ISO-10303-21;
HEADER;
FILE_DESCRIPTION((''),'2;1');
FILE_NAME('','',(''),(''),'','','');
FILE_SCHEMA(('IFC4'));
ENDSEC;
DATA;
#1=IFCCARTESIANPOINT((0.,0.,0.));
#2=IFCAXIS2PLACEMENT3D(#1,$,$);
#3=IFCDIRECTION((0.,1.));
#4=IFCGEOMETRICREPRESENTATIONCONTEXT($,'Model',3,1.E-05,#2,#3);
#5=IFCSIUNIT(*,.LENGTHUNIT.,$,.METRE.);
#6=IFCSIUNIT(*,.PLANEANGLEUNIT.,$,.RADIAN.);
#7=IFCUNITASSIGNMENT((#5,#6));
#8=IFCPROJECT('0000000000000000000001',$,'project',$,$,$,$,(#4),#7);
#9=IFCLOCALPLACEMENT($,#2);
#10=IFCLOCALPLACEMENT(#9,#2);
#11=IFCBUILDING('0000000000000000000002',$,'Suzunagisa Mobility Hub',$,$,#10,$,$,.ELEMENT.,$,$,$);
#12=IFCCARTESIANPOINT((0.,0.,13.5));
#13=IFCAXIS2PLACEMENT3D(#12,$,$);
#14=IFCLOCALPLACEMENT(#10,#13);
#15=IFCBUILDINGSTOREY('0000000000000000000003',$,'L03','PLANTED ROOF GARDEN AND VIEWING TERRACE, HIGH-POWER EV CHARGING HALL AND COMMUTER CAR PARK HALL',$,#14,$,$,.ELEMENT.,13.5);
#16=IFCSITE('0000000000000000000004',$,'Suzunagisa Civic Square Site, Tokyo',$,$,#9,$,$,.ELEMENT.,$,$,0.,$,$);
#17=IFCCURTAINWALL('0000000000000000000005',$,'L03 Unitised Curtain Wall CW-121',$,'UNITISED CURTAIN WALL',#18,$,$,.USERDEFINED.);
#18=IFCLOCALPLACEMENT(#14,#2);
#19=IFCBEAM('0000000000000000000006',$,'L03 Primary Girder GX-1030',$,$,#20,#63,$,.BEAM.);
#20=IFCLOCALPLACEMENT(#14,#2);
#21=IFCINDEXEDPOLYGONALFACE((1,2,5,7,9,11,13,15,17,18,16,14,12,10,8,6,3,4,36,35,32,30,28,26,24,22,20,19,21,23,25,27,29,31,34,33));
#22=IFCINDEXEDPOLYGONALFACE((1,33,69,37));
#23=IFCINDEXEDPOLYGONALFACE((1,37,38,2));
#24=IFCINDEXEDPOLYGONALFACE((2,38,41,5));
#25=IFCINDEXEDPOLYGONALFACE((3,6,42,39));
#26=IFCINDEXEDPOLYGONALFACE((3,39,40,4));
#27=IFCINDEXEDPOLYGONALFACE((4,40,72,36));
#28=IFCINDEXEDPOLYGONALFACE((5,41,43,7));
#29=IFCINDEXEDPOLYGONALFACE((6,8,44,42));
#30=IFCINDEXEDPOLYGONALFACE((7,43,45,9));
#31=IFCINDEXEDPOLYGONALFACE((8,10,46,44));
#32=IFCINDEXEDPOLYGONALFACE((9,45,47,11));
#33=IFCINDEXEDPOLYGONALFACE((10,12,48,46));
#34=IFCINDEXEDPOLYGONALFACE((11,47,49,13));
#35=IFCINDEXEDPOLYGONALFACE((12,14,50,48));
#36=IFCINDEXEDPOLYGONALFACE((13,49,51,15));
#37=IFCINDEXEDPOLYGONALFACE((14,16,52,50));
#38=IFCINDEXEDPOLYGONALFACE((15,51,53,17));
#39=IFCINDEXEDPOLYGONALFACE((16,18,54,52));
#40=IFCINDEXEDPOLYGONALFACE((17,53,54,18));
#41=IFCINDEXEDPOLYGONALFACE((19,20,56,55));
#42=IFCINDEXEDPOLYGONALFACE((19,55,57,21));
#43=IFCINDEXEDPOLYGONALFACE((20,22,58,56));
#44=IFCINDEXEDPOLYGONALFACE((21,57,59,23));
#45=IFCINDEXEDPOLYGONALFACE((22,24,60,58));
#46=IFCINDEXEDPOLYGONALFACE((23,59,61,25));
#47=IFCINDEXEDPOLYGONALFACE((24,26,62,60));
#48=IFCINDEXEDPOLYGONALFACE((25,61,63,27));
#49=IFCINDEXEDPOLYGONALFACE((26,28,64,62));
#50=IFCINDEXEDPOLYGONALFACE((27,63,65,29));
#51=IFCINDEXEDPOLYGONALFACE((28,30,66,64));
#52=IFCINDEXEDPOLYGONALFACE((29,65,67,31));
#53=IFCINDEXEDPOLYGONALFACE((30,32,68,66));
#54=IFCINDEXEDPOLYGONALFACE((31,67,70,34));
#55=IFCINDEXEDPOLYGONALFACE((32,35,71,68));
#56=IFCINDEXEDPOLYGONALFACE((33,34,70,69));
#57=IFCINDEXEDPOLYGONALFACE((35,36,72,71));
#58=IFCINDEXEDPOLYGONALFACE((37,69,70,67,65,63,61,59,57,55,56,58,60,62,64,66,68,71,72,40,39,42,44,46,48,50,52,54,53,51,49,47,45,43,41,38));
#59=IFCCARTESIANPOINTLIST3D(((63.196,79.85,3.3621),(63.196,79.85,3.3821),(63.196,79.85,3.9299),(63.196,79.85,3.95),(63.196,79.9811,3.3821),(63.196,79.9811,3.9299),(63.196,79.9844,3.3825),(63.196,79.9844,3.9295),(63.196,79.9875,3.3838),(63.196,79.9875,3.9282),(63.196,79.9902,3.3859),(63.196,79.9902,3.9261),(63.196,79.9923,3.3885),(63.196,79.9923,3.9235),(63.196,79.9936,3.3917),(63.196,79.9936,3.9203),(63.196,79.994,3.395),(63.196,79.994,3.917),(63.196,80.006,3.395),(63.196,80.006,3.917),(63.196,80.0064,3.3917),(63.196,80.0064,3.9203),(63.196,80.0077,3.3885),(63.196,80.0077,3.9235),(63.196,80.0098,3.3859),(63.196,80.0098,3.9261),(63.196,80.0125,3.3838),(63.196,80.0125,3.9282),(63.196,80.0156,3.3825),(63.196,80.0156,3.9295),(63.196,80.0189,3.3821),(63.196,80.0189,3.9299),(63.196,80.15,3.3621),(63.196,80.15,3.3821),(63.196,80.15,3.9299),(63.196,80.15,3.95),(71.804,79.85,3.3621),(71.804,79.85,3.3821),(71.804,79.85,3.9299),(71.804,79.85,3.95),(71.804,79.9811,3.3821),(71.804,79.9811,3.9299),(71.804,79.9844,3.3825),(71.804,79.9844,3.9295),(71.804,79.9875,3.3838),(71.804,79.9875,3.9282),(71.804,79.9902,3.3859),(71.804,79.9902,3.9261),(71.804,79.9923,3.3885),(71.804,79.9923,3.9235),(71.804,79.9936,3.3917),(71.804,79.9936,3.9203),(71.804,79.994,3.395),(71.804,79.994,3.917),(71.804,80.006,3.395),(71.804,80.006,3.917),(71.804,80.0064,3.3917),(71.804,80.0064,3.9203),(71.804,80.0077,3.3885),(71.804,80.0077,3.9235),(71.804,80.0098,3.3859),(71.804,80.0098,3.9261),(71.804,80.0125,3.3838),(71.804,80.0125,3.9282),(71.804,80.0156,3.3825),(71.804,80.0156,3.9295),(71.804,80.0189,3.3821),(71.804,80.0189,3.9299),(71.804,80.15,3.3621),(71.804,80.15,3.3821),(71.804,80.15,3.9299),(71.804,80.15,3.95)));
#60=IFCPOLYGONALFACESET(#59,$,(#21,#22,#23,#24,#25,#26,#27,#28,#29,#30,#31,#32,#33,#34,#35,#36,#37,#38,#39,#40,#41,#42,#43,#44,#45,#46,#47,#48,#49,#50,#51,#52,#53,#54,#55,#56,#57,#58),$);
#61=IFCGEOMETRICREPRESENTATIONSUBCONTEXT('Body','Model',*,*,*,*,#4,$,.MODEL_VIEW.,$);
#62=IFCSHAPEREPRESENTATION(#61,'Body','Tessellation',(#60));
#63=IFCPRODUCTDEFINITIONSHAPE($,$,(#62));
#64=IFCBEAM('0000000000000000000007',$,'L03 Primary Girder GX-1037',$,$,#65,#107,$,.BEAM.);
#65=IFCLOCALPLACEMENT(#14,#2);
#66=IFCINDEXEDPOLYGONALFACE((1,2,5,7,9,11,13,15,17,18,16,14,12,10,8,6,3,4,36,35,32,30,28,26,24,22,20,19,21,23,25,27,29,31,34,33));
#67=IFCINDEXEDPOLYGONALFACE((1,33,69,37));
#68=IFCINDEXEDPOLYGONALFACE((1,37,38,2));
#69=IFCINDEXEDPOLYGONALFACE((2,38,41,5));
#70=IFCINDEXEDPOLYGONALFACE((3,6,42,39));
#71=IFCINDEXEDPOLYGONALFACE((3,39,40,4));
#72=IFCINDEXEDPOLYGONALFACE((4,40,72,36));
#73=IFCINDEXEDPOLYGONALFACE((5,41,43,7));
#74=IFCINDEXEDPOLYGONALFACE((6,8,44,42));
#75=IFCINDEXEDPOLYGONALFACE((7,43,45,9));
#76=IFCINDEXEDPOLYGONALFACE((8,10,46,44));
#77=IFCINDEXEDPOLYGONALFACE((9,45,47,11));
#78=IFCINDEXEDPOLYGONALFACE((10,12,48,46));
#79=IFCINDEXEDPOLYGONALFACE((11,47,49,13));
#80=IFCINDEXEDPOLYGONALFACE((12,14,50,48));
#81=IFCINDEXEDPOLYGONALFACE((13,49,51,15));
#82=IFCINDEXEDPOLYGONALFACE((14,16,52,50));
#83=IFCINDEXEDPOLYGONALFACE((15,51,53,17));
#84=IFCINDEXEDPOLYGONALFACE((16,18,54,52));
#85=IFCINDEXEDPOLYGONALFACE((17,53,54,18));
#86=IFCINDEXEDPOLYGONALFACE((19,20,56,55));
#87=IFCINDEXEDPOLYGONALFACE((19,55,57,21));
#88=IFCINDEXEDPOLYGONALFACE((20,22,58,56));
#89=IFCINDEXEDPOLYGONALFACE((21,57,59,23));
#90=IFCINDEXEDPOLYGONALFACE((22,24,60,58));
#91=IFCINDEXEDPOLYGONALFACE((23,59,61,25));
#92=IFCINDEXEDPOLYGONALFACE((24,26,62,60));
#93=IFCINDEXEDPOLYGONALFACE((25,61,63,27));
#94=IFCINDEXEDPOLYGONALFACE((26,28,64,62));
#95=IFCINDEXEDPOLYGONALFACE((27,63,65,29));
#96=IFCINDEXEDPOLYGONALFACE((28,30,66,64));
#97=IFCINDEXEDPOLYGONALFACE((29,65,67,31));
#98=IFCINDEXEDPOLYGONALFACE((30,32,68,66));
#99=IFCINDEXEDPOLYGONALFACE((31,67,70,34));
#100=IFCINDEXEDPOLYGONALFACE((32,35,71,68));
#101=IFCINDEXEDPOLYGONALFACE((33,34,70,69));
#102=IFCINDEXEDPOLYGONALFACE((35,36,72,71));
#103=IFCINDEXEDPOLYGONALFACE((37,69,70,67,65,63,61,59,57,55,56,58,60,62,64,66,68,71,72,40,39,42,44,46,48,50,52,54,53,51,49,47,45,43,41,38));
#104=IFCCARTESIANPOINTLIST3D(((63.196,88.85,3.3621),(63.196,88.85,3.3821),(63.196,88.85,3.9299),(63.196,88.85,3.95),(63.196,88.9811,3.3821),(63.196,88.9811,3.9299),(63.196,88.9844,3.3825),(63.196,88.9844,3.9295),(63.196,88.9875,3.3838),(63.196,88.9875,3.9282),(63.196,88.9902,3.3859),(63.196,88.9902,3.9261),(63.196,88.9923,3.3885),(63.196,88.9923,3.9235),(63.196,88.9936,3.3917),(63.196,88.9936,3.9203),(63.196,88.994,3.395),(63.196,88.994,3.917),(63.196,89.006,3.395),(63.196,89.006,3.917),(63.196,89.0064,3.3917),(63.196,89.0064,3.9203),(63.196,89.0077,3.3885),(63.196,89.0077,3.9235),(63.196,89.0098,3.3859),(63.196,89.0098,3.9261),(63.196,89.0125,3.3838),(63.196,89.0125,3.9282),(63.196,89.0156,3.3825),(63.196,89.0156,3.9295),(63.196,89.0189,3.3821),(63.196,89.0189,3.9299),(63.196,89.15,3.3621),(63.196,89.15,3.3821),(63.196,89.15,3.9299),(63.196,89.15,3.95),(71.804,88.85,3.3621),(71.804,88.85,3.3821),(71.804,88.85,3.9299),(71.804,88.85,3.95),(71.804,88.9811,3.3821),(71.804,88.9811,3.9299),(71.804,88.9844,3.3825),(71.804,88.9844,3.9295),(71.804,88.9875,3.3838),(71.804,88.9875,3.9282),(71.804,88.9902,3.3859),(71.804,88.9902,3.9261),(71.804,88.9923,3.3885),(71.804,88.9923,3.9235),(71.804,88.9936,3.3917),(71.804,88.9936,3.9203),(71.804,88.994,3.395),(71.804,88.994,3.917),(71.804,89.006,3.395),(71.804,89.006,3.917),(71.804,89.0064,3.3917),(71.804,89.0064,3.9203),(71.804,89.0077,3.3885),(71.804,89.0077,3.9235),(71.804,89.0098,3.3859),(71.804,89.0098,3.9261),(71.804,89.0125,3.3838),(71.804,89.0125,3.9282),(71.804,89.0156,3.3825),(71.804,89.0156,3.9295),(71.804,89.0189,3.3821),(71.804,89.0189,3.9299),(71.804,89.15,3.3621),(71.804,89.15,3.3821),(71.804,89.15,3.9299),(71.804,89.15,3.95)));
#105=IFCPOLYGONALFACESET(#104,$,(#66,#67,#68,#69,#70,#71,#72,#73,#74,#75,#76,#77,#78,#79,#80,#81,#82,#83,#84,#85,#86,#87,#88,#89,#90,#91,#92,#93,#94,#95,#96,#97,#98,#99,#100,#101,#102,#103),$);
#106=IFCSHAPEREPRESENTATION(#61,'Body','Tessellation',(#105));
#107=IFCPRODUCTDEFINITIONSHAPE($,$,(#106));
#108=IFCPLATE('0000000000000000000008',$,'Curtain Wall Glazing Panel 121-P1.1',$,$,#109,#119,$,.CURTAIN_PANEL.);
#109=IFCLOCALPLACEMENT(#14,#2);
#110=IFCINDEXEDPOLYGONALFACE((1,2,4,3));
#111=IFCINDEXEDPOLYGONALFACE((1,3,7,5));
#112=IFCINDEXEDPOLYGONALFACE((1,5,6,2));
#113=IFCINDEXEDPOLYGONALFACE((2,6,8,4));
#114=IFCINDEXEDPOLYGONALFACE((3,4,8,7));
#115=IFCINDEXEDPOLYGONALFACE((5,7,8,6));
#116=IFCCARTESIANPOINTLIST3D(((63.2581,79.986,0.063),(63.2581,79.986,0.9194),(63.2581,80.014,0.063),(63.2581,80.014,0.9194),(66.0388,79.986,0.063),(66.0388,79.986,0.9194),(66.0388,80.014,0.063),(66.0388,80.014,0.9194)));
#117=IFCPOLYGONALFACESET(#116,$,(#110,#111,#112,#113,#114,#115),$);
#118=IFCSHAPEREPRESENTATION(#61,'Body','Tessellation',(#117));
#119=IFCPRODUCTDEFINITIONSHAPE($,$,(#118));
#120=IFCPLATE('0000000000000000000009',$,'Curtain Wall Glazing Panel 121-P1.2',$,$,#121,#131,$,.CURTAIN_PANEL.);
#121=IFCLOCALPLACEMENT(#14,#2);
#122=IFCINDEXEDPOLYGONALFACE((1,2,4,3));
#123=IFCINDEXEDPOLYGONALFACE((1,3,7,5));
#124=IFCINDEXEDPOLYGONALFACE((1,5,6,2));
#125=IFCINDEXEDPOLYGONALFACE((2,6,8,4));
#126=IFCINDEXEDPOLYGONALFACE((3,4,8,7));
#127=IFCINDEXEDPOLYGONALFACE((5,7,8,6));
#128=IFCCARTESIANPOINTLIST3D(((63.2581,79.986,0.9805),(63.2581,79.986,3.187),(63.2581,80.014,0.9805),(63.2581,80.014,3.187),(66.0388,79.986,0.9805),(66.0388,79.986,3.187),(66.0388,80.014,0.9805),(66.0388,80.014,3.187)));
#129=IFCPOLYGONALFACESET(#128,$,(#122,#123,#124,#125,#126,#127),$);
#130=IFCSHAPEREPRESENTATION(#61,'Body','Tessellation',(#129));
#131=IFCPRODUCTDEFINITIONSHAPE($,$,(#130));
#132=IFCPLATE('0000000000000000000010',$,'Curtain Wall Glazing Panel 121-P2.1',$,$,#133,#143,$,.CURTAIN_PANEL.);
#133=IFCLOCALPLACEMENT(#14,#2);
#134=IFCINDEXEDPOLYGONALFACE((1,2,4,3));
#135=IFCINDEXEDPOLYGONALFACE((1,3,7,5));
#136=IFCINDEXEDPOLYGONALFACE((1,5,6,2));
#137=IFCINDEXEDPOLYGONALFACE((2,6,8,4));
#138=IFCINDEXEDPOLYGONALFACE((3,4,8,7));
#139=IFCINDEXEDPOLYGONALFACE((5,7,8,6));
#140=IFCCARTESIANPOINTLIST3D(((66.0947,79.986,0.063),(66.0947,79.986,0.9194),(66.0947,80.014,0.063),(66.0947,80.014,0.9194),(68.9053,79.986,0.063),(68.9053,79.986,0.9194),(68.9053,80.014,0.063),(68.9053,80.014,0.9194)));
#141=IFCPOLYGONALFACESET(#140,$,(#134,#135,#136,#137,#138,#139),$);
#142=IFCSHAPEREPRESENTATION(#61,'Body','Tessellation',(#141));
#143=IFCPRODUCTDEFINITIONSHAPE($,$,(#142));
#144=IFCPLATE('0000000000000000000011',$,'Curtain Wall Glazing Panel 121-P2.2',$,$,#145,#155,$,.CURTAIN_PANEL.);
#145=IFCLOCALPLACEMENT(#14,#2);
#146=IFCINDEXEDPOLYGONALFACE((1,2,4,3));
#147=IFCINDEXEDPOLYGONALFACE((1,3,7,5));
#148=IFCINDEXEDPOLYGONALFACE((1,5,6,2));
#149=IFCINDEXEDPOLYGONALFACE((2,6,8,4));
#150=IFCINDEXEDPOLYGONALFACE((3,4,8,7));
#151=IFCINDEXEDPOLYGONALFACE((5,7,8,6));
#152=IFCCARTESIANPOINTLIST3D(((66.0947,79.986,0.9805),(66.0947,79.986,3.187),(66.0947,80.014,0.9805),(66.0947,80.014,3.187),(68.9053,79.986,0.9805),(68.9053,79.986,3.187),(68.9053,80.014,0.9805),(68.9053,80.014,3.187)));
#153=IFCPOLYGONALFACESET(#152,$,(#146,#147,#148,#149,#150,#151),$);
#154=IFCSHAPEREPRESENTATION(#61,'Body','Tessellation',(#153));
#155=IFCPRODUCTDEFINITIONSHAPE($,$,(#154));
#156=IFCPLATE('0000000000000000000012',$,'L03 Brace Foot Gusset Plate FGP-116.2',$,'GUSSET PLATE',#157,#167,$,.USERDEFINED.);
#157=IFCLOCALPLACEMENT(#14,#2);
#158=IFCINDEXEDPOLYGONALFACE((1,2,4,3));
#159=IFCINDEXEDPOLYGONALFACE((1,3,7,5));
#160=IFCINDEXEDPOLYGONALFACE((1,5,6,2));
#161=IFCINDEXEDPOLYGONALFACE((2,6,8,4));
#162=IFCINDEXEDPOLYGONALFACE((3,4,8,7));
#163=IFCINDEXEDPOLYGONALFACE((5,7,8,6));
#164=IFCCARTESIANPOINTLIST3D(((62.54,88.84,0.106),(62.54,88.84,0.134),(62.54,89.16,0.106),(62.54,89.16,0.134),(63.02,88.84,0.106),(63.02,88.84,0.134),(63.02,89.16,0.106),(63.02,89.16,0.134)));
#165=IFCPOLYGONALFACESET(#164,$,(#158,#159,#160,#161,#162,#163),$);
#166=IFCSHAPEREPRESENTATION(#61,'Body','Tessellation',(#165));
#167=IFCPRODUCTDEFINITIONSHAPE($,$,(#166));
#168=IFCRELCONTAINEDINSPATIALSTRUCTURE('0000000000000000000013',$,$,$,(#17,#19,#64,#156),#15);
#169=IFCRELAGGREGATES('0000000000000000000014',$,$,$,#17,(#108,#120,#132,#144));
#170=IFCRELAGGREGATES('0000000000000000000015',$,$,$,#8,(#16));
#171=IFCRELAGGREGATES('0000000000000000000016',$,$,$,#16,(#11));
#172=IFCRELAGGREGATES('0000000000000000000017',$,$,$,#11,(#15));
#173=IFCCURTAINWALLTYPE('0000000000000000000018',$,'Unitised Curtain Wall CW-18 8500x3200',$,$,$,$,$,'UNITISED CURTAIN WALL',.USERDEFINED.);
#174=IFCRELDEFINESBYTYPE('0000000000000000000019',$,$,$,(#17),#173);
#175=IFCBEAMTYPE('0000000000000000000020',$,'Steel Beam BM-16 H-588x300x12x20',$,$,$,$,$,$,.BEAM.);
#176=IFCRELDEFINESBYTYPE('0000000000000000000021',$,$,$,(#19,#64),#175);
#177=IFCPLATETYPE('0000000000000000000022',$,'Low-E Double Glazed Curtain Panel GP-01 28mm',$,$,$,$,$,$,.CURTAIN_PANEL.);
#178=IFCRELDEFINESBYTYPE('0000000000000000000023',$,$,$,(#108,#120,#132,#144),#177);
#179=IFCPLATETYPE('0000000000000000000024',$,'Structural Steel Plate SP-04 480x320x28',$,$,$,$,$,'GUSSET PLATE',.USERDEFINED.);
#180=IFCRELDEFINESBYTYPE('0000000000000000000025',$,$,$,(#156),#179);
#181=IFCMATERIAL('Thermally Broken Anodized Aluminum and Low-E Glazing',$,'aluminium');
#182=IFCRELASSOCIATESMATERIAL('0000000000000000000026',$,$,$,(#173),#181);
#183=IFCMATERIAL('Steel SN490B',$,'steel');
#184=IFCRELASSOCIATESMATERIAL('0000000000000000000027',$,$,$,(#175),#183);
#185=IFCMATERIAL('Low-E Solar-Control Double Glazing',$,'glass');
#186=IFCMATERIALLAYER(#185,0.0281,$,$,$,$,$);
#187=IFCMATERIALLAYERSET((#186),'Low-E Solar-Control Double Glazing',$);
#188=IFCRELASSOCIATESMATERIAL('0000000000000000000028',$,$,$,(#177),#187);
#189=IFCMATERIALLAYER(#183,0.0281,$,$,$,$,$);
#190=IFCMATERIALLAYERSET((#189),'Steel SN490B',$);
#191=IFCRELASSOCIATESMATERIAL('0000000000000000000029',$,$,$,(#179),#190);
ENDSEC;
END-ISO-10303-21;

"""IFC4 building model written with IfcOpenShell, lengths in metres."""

from ifc_helpers import new_model, si_unit, direction, frame, origin, origin_2d, place, context, subcontext, project, spatial, rectangle, i_section, extrude, material, layer, layer_set, material_profile, profile_set, type_object, element, aggregate, save


model = new_model("IFC4")

# Units and contexts
model_context = context("Model", 3, precision=1e-05, world=origin(), true_north=direction((0.0, 1.0)))
body_context = subcontext(model_context, "Body", "Model", "MODEL_VIEW")
ifc_project = project(units=[si_unit("LENGTHUNIT", "METRE"), si_unit("PLANEANGLEUNIT", "RADIAN")], contexts=[model_context])

# Site, building, storey
site_placement = place(None, origin())
site = spatial("IfcSite", under=ifc_project, at=site_placement, Name="Suzunagisa Civic Square Site, Tokyo", CompositionType="ELEMENT", RefElevation=0.0)
building_placement = place(site_placement, origin())
building = spatial("IfcBuilding", under=site, at=building_placement, Name="Suzunagisa Mobility Hub", CompositionType="ELEMENT")
storey_placement = place(building_placement, frame((0.0, 0.0, 13.5)))
storey = spatial("IfcBuildingStorey", under=building, at=storey_placement, Name="L03", Description="PLANTED ROOF GARDEN AND VIEWING TERRACE, HIGH-POWER EV CHARGING HALL AND COMMUTER CAR PARK HALL", CompositionType="ELEMENT", Elevation=13.5)

# Shared definitions
ifc_material_1 = material(Name="Steel SN490B", Category="steel")

# Curtain wall
ifc_material_2 = material(Name="Thermally Broken Anodized Aluminum and Low-E Glazing", Category="aluminium")
curtain_wall_type = type_object("IfcCurtainWallType", Name="Unitised Curtain Wall CW-18 8500x3200", ElementType="UNITISED CURTAIN WALL", PredefinedType="USERDEFINED", material=ifc_material_2)
curtain_wall_placement = place(storey_placement, origin())
curtain_wall = element("IfcCurtainWall", 1, at=curtain_wall_placement, inside=storey, type_object=curtain_wall_type, Name="L03 Unitised Curtain Wall CW-121", ObjectType="UNITISED CURTAIN WALL", PredefinedType="USERDEFINED")

# Beams
ifc_material_profile_1 = material_profile(ifc_material_1, i_section(OverallWidth=0.3, OverallDepth=0.5879, WebThickness=0.012, FlangeThickness=0.02, FilletRadius=0.0129, at=origin_2d()), Name="H-588x300x12x20")
ifc_profile_set_1 = profile_set([ifc_material_profile_1], Name="Steel SN490B")
beam_type_1 = type_object("IfcBeamType", Name="Steel Beam BM-16 H-588x300x12x20", PredefinedType="BEAM", material=ifc_profile_set_1)
for number, where, z_axis, x_axis, name in (
    (2, (63.196, 80.0, 3.656), (1.0, 0.0, 0.0), (0.0, 1.0, 0.0), "L03 Primary Girder GX-1030"),
    (3, (63.196, 89.0, 3.656), (1.0, 0.0, 0.0), (0.0, 1.0, 0.0), "L03 Primary Girder GX-1037"),
):
    element("IfcBeam", number, at=place(storey_placement, frame(where, z_axis=z_axis, x_axis=x_axis)), inside=storey, type_object=beam_type_1, Name=name, PredefinedType="BEAM", context=body_context, shape_type="SweptSolid", body=[
        extrude(i_section(OverallWidth=0.3, OverallDepth=0.5879, WebThickness=0.012, FlangeThickness=0.02, FilletRadius=0.0129, at=origin_2d()), origin(), (0.0, 0.0, 1.0), 8.6079),
    ])

# Plates
ifc_material_3 = material(Name="Low-E Solar-Control Double Glazing", Category="glass")
ifc_layer_1 = layer(ifc_material_3, 0.0281)
ifc_layer_set_1 = layer_set([ifc_layer_1], Name="Low-E Solar-Control Double Glazing")
plate_type_1 = type_object("IfcPlateType", Name="Low-E Double Glazed Curtain Panel GP-01 28mm", PredefinedType="CURTAIN_PANEL", material=ifc_layer_set_1)
plate_1_placement = place(storey_placement, frame((64.6484, 80.0, 0.063), z_axis=(0.0, 0.0, 1.0), x_axis=(1.0, 0.0, 0.0)))
plate_1 = element("IfcPlate", 4, at=plate_1_placement, type_object=plate_type_1, Name="Curtain Wall Glazing Panel 121-P1.1", PredefinedType="CURTAIN_PANEL", context=body_context, shape_type="SweptSolid", body=[
    extrude(rectangle(XDim=2.7808, YDim=0.0281, at=origin_2d()), origin(), (0.0, 0.0, 1.0), 0.8564),
])
plate_2_placement = place(storey_placement, frame((64.6484, 80.0, 0.9805), z_axis=(0.0, 0.0, 1.0), x_axis=(1.0, 0.0, 0.0)))
plate_2 = element("IfcPlate", 5, at=plate_2_placement, type_object=plate_type_1, Name="Curtain Wall Glazing Panel 121-P1.2", PredefinedType="CURTAIN_PANEL", context=body_context, shape_type="SweptSolid", body=[
    extrude(rectangle(XDim=2.7808, YDim=0.0281, at=origin_2d()), origin(), (0.0, 0.0, 1.0), 2.2065),
])
plate_3_placement = place(storey_placement, frame((67.5, 80.0, 0.063), z_axis=(0.0, 0.0, 1.0), x_axis=(1.0, 0.0, 0.0)))
plate_3 = element("IfcPlate", 6, at=plate_3_placement, type_object=plate_type_1, Name="Curtain Wall Glazing Panel 121-P2.1", PredefinedType="CURTAIN_PANEL", context=body_context, shape_type="SweptSolid", body=[
    extrude(rectangle(XDim=2.8105, YDim=0.0281, at=origin_2d()), origin(), (0.0, 0.0, 1.0), 0.8564),
])
plate_4_placement = place(storey_placement, frame((67.5, 80.0, 0.9805), z_axis=(0.0, 0.0, 1.0), x_axis=(1.0, 0.0, 0.0)))
plate_4 = element("IfcPlate", 7, at=plate_4_placement, type_object=plate_type_1, Name="Curtain Wall Glazing Panel 121-P2.2", PredefinedType="CURTAIN_PANEL", context=body_context, shape_type="SweptSolid", body=[
    extrude(rectangle(XDim=2.8105, YDim=0.0281, at=origin_2d()), origin(), (0.0, 0.0, 1.0), 2.2065),
])
aggregate(curtain_wall, [plate_1, plate_2, plate_3, plate_4])
ifc_layer_2 = layer(ifc_material_1, 0.0281)
ifc_layer_set_2 = layer_set([ifc_layer_2], Name="Steel SN490B")
plate_type_2 = type_object("IfcPlateType", Name="Structural Steel Plate SP-04 480x320x28", ElementType="GUSSET PLATE", PredefinedType="USERDEFINED", material=ifc_layer_set_2)
plate_5_placement = place(storey_placement, frame((62.78, 89.0, 0.106), z_axis=(0.0, 0.0, 1.0), x_axis=(1.0, 0.0, 0.0)))
element("IfcPlate", 8, at=plate_5_placement, inside=storey, type_object=plate_type_2, Name="L03 Brace Foot Gusset Plate FGP-116.2", ObjectType="GUSSET PLATE", PredefinedType="USERDEFINED", context=body_context, shape_type="SweptSolid", body=[
    extrude(rectangle(XDim=0.48, YDim=0.3201, at=origin_2d()), origin(), (0.0, 0.0, 1.0), 0.0281),
])

save(model, "model.ifc")
